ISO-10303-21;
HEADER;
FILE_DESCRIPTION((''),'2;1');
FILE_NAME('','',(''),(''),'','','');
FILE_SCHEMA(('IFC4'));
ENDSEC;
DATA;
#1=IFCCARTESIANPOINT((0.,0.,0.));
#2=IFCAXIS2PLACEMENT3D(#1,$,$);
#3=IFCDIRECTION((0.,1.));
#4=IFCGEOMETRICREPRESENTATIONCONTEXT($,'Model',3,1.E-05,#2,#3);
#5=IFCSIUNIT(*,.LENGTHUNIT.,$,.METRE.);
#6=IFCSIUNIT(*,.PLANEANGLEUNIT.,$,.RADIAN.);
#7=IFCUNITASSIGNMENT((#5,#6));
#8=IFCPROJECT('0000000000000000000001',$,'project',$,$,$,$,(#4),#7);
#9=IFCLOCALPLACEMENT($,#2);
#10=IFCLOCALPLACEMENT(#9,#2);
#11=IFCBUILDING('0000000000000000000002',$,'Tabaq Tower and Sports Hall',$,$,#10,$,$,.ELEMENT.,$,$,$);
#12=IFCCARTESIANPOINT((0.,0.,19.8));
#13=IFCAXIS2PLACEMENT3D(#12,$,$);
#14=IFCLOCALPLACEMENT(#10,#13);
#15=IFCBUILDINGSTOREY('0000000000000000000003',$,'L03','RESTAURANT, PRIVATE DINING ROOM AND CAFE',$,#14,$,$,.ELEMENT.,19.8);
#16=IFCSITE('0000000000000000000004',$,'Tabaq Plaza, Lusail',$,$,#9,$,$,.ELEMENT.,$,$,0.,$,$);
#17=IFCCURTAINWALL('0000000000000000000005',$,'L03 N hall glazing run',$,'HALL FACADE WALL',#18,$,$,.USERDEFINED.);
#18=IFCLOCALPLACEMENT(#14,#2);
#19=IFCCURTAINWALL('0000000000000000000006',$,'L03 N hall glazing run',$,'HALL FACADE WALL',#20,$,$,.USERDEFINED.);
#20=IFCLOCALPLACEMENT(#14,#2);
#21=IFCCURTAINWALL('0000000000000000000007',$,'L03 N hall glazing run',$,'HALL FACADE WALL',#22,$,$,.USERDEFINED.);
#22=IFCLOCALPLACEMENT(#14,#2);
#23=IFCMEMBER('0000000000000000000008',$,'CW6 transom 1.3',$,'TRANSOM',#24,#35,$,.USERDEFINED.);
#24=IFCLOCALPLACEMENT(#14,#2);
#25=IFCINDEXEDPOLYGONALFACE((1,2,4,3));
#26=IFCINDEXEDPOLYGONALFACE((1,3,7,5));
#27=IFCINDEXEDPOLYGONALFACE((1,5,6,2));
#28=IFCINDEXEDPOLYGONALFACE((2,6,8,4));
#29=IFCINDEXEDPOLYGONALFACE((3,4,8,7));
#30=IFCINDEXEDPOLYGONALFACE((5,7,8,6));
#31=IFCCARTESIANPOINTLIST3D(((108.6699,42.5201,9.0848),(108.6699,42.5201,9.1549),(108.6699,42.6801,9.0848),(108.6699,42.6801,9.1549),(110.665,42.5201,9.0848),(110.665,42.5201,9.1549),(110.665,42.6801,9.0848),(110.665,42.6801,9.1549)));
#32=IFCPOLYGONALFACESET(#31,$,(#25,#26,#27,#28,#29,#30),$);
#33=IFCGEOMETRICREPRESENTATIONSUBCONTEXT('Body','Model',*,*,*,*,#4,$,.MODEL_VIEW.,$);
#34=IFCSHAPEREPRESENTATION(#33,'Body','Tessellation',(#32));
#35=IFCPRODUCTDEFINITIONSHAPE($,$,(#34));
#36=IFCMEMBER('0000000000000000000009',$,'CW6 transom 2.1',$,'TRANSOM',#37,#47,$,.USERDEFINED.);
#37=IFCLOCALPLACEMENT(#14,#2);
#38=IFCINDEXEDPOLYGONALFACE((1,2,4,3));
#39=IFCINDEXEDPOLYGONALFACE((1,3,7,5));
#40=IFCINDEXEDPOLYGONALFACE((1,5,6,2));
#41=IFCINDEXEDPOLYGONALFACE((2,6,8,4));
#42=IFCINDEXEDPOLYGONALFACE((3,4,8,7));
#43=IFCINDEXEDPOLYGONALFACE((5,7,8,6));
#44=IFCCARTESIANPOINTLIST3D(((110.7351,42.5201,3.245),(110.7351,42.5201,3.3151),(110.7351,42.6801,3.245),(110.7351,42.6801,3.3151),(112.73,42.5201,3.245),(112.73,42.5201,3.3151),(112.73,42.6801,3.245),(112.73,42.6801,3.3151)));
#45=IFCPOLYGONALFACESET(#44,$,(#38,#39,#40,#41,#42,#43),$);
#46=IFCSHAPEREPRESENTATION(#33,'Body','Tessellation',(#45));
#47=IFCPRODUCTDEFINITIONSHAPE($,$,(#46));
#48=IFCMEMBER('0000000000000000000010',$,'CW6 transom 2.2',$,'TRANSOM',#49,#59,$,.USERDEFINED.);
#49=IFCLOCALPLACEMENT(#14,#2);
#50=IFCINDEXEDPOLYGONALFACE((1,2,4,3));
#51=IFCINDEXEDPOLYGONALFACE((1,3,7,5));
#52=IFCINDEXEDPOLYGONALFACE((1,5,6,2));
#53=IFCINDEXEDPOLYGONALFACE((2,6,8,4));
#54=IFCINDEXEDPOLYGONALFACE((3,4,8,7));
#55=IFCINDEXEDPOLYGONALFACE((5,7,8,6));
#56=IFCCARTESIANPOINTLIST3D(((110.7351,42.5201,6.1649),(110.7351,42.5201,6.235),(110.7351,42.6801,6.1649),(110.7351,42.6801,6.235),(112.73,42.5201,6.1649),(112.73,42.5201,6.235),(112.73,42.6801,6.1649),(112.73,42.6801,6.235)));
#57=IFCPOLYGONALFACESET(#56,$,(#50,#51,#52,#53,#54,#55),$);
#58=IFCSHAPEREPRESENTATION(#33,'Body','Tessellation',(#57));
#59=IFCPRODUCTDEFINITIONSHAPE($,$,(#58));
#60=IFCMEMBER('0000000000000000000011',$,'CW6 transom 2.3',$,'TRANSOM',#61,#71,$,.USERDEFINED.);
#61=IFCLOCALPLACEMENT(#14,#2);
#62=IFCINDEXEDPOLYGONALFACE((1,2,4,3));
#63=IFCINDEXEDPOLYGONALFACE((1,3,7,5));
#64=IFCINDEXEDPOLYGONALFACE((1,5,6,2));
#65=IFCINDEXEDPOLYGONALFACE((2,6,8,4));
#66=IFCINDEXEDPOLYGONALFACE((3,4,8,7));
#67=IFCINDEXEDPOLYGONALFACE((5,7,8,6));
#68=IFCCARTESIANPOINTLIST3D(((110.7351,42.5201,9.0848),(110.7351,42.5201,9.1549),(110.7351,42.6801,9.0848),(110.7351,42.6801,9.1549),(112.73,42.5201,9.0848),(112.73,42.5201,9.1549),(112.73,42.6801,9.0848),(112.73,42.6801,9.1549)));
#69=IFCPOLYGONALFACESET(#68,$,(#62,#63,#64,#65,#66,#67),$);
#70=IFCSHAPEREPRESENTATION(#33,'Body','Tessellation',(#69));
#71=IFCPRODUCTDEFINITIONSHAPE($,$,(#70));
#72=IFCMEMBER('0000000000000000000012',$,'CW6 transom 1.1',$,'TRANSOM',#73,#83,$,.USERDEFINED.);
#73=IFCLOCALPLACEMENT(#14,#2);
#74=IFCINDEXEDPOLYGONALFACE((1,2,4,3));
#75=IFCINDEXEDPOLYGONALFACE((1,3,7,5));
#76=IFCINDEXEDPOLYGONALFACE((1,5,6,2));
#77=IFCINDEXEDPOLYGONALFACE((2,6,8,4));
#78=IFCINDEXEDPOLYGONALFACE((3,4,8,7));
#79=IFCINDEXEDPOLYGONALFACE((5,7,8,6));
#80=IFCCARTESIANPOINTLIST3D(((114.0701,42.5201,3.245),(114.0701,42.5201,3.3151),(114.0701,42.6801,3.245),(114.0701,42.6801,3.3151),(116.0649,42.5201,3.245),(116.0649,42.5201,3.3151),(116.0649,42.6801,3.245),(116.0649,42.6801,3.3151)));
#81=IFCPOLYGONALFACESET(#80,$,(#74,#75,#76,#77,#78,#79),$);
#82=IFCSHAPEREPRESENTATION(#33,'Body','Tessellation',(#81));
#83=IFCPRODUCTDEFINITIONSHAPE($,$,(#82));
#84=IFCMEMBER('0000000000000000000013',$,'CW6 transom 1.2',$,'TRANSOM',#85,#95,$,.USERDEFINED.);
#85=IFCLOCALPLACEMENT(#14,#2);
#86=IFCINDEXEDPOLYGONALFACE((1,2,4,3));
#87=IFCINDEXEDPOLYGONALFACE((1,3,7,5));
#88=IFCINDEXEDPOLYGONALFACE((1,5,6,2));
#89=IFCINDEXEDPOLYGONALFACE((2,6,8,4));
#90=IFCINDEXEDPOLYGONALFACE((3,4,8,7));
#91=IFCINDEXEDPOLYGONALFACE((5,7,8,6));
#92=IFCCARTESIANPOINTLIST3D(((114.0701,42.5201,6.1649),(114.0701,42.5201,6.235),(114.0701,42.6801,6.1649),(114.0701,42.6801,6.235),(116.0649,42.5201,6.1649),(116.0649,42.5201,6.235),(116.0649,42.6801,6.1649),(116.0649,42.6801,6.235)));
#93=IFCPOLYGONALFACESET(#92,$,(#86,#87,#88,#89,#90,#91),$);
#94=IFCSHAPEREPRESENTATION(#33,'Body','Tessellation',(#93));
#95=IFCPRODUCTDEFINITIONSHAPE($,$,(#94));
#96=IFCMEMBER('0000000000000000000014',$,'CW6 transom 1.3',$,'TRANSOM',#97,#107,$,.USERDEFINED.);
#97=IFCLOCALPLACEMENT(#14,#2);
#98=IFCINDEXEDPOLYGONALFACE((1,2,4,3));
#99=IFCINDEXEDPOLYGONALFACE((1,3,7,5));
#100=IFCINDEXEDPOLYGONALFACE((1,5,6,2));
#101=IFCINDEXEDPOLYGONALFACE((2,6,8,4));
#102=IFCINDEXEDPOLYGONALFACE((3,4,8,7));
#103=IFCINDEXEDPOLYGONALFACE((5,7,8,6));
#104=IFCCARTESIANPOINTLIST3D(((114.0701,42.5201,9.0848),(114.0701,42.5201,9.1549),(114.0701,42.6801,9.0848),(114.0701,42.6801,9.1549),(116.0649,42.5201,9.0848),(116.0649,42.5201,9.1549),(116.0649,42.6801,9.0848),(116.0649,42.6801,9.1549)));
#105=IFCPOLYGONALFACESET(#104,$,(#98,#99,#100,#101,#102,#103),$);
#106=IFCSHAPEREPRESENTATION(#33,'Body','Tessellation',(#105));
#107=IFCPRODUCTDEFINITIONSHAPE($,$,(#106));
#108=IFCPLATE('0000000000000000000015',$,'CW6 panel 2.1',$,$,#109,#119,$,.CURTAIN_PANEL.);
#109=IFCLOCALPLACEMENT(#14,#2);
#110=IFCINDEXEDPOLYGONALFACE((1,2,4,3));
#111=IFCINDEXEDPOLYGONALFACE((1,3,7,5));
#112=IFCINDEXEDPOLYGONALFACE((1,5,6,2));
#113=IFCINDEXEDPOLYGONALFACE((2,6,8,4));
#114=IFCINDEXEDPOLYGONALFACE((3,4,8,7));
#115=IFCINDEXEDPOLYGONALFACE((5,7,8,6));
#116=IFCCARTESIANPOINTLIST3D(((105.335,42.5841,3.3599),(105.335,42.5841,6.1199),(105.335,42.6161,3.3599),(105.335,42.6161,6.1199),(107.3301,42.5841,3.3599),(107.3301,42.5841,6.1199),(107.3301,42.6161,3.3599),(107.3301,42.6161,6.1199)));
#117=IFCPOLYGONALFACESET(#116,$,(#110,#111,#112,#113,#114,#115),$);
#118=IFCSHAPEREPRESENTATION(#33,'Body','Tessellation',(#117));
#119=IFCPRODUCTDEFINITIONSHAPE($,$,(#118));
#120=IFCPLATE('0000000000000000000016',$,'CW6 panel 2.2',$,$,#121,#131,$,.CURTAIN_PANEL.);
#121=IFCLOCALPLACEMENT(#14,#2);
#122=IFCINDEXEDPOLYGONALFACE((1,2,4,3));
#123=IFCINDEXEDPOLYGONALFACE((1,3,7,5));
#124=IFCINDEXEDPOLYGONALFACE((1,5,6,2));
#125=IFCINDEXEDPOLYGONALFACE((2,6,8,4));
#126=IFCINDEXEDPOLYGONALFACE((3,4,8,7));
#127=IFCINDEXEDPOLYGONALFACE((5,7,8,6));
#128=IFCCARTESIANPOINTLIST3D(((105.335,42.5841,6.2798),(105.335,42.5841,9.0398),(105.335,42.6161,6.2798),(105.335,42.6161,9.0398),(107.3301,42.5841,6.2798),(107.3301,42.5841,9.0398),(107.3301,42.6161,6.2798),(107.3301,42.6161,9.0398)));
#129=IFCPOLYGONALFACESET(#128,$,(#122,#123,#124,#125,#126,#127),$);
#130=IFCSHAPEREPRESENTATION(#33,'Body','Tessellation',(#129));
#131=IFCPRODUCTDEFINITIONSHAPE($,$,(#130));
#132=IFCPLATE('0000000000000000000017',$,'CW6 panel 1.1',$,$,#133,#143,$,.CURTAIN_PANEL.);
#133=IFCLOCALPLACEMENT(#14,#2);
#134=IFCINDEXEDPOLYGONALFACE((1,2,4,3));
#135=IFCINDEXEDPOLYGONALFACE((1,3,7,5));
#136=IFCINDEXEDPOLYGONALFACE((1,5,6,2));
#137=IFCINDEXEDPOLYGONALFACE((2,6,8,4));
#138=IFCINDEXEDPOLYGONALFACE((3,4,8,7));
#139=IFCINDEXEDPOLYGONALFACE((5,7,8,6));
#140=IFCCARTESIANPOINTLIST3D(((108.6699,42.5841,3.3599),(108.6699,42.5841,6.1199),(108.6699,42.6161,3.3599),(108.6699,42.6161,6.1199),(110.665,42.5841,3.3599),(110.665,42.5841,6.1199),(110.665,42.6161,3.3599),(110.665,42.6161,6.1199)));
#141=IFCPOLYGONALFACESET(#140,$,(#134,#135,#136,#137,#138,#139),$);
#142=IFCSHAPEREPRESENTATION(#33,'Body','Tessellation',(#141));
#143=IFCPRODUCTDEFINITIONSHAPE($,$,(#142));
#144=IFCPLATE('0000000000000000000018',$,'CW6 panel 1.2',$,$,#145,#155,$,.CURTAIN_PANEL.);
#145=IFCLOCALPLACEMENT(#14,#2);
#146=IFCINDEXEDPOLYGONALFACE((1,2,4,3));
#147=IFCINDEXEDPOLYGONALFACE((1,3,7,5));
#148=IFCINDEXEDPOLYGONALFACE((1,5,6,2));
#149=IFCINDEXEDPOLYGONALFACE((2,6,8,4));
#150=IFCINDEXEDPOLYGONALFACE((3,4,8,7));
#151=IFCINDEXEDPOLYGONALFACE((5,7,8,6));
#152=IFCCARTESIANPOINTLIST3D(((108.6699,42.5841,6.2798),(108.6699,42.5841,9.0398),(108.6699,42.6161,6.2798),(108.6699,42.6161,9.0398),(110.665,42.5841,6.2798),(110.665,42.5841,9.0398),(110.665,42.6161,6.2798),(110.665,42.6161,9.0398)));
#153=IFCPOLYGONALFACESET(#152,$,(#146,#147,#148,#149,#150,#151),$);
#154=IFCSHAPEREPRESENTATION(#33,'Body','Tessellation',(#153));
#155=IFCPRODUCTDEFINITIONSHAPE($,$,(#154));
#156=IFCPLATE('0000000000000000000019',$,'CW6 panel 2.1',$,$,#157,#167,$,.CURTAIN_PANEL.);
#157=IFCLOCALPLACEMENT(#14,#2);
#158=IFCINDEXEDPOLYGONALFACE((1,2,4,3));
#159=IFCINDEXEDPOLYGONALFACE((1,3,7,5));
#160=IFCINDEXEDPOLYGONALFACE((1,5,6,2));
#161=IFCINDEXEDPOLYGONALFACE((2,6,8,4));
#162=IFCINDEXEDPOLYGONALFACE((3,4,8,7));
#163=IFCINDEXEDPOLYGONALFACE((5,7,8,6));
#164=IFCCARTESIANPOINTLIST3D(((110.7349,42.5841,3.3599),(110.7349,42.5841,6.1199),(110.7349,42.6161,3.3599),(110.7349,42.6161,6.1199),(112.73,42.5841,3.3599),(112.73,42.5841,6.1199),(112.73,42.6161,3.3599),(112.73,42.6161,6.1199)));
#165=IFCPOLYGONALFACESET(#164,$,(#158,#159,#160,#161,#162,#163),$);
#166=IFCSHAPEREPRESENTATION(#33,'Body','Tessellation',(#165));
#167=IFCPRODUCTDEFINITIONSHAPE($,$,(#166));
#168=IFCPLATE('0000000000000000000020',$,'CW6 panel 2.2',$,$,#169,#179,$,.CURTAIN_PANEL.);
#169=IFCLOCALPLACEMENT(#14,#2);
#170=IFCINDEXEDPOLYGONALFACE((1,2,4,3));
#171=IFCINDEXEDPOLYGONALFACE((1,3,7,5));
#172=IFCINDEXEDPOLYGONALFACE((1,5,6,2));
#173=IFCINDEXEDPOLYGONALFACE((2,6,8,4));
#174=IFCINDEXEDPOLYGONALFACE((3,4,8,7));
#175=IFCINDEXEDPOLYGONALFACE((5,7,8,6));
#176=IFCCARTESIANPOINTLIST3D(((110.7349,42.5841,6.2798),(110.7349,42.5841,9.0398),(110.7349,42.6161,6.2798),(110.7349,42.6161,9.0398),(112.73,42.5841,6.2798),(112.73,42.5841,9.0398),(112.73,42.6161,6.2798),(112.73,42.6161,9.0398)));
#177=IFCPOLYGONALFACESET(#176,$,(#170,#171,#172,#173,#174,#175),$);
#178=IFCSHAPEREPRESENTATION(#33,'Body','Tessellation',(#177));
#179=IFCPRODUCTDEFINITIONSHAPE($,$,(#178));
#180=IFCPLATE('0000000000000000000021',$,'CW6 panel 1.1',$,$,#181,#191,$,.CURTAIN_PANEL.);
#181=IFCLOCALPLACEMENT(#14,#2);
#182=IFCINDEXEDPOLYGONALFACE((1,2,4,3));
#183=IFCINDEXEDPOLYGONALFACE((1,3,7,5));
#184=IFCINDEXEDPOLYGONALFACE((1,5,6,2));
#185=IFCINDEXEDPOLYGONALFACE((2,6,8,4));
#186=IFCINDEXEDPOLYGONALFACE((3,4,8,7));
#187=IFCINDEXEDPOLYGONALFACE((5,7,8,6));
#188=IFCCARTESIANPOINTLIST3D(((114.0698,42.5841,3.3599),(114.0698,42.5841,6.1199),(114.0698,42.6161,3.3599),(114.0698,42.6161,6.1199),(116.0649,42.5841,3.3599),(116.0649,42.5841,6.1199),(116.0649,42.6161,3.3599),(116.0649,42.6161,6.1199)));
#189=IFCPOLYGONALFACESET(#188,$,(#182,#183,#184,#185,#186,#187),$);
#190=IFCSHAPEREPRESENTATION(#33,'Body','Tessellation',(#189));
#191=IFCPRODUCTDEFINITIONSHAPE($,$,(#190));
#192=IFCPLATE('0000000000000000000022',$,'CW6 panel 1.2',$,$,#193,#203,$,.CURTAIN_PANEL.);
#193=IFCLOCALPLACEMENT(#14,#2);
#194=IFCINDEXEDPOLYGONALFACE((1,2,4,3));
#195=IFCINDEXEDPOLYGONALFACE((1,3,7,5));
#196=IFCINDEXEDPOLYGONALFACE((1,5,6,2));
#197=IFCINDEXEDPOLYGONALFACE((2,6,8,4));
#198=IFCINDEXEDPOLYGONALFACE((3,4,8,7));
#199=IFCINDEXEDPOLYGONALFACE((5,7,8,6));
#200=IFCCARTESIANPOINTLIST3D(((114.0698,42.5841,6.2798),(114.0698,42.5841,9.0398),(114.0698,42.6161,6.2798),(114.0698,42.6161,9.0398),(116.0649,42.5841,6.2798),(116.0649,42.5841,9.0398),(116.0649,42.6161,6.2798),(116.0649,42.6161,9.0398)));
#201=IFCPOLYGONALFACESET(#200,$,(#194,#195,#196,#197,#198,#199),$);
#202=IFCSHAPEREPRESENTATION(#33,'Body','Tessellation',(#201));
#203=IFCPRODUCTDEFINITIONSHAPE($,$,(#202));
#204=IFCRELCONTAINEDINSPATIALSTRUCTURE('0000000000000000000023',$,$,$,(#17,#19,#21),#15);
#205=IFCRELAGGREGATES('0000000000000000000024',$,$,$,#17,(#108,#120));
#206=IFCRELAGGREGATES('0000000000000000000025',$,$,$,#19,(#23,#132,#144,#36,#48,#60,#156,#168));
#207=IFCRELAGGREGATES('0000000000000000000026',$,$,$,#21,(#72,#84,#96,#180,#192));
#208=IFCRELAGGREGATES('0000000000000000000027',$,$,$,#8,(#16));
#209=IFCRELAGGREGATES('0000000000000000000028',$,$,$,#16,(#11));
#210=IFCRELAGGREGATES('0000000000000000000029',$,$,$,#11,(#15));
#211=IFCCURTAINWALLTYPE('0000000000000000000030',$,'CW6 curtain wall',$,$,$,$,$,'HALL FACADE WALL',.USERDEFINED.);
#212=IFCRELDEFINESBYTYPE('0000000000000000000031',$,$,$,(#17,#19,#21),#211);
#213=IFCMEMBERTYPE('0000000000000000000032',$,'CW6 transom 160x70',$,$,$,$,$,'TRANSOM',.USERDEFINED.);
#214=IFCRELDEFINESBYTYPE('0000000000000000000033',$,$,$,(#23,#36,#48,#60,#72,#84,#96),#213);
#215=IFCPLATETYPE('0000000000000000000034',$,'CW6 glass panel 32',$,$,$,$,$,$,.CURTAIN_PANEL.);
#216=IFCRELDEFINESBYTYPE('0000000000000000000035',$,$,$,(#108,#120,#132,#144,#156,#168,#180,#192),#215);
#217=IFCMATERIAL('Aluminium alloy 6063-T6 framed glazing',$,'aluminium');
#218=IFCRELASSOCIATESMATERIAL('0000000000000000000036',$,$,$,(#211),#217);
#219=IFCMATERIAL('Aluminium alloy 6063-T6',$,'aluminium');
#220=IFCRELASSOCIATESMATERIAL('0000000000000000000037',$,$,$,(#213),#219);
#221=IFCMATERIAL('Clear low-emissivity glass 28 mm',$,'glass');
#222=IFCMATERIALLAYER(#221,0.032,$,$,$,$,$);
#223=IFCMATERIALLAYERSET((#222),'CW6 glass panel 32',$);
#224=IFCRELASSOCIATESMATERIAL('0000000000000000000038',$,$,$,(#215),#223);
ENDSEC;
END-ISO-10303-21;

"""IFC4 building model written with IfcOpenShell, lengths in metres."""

from ifc_helpers import new_model, si_unit, direction, frame, origin, origin_2d, place, context, subcontext, project, spatial, rectangle, extrude, material, layer, layer_set, material_profile, profile_set, type_object, element, aggregate, save


model = new_model("IFC4")

# Units and contexts
model_context = context("Model", 3, precision=1e-05, world=origin(), true_north=direction((0.0, 1.0)))
body_context = subcontext(model_context, "Body", "Model", "MODEL_VIEW")
ifc_project = project(units=[si_unit("LENGTHUNIT", "METRE"), si_unit("PLANEANGLEUNIT", "RADIAN")], contexts=[model_context])

# Site, building, storey
site_placement = place(None, origin())
site = spatial("IfcSite", under=ifc_project, at=site_placement, Name="Tabaq Plaza, Lusail", CompositionType="ELEMENT", RefElevation=0.0)
building_placement = place(site_placement, origin())
building = spatial("IfcBuilding", under=site, at=building_placement, Name="Tabaq Tower and Sports Hall", CompositionType="ELEMENT")
storey_placement = place(building_placement, frame((0.0, 0.0, 19.8)))
storey = spatial("IfcBuildingStorey", under=building, at=storey_placement, Name="L03", Description="RESTAURANT, PRIVATE DINING ROOM AND CAFE", CompositionType="ELEMENT", Elevation=19.8)

# Curtain walls
ifc_material_1 = material(Name="Aluminium alloy 6063-T6 framed glazing", Category="aluminium")
curtain_wall_type = type_object("IfcCurtainWallType", Name="CW6 curtain wall", ElementType="HALL FACADE WALL", PredefinedType="USERDEFINED", material=ifc_material_1)
curtain_wall_1_placement = place(storey_placement, origin())
curtain_wall_1 = element("IfcCurtainWall", 1, at=curtain_wall_1_placement, inside=storey, type_object=curtain_wall_type, Name="L03 N hall glazing run", ObjectType="HALL FACADE WALL", PredefinedType="USERDEFINED")
curtain_wall_2_placement = place(storey_placement, origin())
curtain_wall_2 = element("IfcCurtainWall", 2, at=curtain_wall_2_placement, inside=storey, type_object=curtain_wall_type, Name="L03 N hall glazing run", ObjectType="HALL FACADE WALL", PredefinedType="USERDEFINED")
curtain_wall_3_placement = place(storey_placement, origin())
curtain_wall_3 = element("IfcCurtainWall", 3, at=curtain_wall_3_placement, inside=storey, type_object=curtain_wall_type, Name="L03 N hall glazing run", ObjectType="HALL FACADE WALL", PredefinedType="USERDEFINED")

# Members
ifc_material_2 = material(Name="Aluminium alloy 6063-T6", Category="aluminium")
ifc_material_profile_1 = material_profile(ifc_material_2, rectangle(XDim=0.1599, YDim=0.0701, at=origin_2d()), Name="TRANSOM 160x70")
ifc_profile_set_1 = profile_set([ifc_material_profile_1], Name="Aluminium alloy 6063-T6")
member_type_1 = type_object("IfcMemberType", Name="CW6 transom 160x70", ElementType="TRANSOM", PredefinedType="USERDEFINED", material=ifc_profile_set_1)
member_1_placement = place(storey_placement, frame((108.6699, 42.6001, 9.1199), z_axis=(1.0, 0.0, 0.0), x_axis=(0.0, 1.0, 0.0)))
member_1 = element("IfcMember", 4, at=member_1_placement, type_object=member_type_1, Name="CW6 transom 1.3", ObjectType="TRANSOM", PredefinedType="USERDEFINED", context=body_context, shape_type="SweptSolid", body=[
    extrude(rectangle(XDim=0.1599, YDim=0.0701, at=origin_2d()), origin(), (0.0, 0.0, 1.0), 1.9951),
])
member_2_placement = place(storey_placement, frame((110.7351, 42.6001, 3.28), z_axis=(1.0, 0.0, 0.0), x_axis=(0.0, 1.0, 0.0)))
member_2 = element("IfcMember", 5, at=member_2_placement, type_object=member_type_1, Name="CW6 transom 2.1", ObjectType="TRANSOM", PredefinedType="USERDEFINED", context=body_context, shape_type="SweptSolid", body=[
    extrude(rectangle(XDim=0.1599, YDim=0.0701, at=origin_2d()), origin(), (0.0, 0.0, 1.0), 1.9949),
])
member_3_placement = place(storey_placement, frame((110.7351, 42.6001, 6.2), z_axis=(1.0, 0.0, 0.0), x_axis=(0.0, 1.0, 0.0)))
member_3 = element("IfcMember", 6, at=member_3_placement, type_object=member_type_1, Name="CW6 transom 2.2", ObjectType="TRANSOM", PredefinedType="USERDEFINED", context=body_context, shape_type="SweptSolid", body=[
    extrude(rectangle(XDim=0.1599, YDim=0.0701, at=origin_2d()), origin(), (0.0, 0.0, 1.0), 1.9949),
])
member_4_placement = place(storey_placement, frame((110.7351, 42.6001, 9.1199), z_axis=(1.0, 0.0, 0.0), x_axis=(0.0, 1.0, 0.0)))
member_4 = element("IfcMember", 7, at=member_4_placement, type_object=member_type_1, Name="CW6 transom 2.3", ObjectType="TRANSOM", PredefinedType="USERDEFINED", context=body_context, shape_type="SweptSolid", body=[
    extrude(rectangle(XDim=0.1599, YDim=0.0701, at=origin_2d()), origin(), (0.0, 0.0, 1.0), 1.9949),
])
member_5_placement = place(storey_placement, frame((114.0701, 42.6001, 3.28), z_axis=(1.0, 0.0, 0.0), x_axis=(0.0, 1.0, 0.0)))
member_5 = element("IfcMember", 8, at=member_5_placement, type_object=member_type_1, Name="CW6 transom 1.1", ObjectType="TRANSOM", PredefinedType="USERDEFINED", context=body_context, shape_type="SweptSolid", body=[
    extrude(rectangle(XDim=0.1599, YDim=0.0701, at=origin_2d()), origin(), (0.0, 0.0, 1.0), 1.9949),
])
member_6_placement = place(storey_placement, frame((114.0701, 42.6001, 6.2), z_axis=(1.0, 0.0, 0.0), x_axis=(0.0, 1.0, 0.0)))
member_6 = element("IfcMember", 9, at=member_6_placement, type_object=member_type_1, Name="CW6 transom 1.2", ObjectType="TRANSOM", PredefinedType="USERDEFINED", context=body_context, shape_type="SweptSolid", body=[
    extrude(rectangle(XDim=0.1599, YDim=0.0701, at=origin_2d()), origin(), (0.0, 0.0, 1.0), 1.9949),
])
member_7_placement = place(storey_placement, frame((114.0701, 42.6001, 9.1199), z_axis=(1.0, 0.0, 0.0), x_axis=(0.0, 1.0, 0.0)))
member_7 = element("IfcMember", 10, at=member_7_placement, type_object=member_type_1, Name="CW6 transom 1.3", ObjectType="TRANSOM", PredefinedType="USERDEFINED", context=body_context, shape_type="SweptSolid", body=[
    extrude(rectangle(XDim=0.1599, YDim=0.0701, at=origin_2d()), origin(), (0.0, 0.0, 1.0), 1.9949),
])

# Plates
ifc_material_3 = material(Name="Clear low-emissivity glass 28 mm", Category="glass")
ifc_layer_1 = layer(ifc_material_3, 0.032)
ifc_layer_set_1 = layer_set([ifc_layer_1], Name="CW6 glass panel 32")
plate_type = type_object("IfcPlateType", Name="CW6 glass panel 32", PredefinedType="CURTAIN_PANEL", material=ifc_layer_set_1)
plate_1_placement = place(storey_placement, frame((106.3325, 42.6001, 3.3599), z_axis=(0.0, 0.0, 1.0), x_axis=(1.0, 0.0, 0.0)))
plate_1 = element("IfcPlate", 11, at=plate_1_placement, type_object=plate_type, Name="CW6 panel 2.1", PredefinedType="CURTAIN_PANEL", context=body_context, shape_type="SweptSolid", body=[
    extrude(rectangle(XDim=1.9951, YDim=0.032, at=origin_2d()), origin(), (0.0, 0.0, 1.0), 2.76),
])
plate_2_placement = place(storey_placement, frame((106.3325, 42.6001, 6.2798), z_axis=(0.0, 0.0, 1.0), x_axis=(1.0, 0.0, 0.0)))
plate_2 = element("IfcPlate", 12, at=plate_2_placement, type_object=plate_type, Name="CW6 panel 2.2", PredefinedType="CURTAIN_PANEL", context=body_context, shape_type="SweptSolid", body=[
    extrude(rectangle(XDim=1.9951, YDim=0.032, at=origin_2d()), origin(), (0.0, 0.0, 1.0), 2.76),
])
aggregate(curtain_wall_1, [plate_1, plate_2])
plate_3_placement = place(storey_placement, frame((109.6675, 42.6001, 3.3599), z_axis=(0.0, 0.0, 1.0), x_axis=(1.0, 0.0, 0.0)))
plate_3 = element("IfcPlate", 13, at=plate_3_placement, type_object=plate_type, Name="CW6 panel 1.1", PredefinedType="CURTAIN_PANEL", context=body_context, shape_type="SweptSolid", body=[
    extrude(rectangle(XDim=1.9951, YDim=0.032, at=origin_2d()), origin(), (0.0, 0.0, 1.0), 2.76),
])
plate_4_placement = place(storey_placement, frame((109.6675, 42.6001, 6.2798), z_axis=(0.0, 0.0, 1.0), x_axis=(1.0, 0.0, 0.0)))
plate_4 = element("IfcPlate", 14, at=plate_4_placement, type_object=plate_type, Name="CW6 panel 1.2", PredefinedType="CURTAIN_PANEL", context=body_context, shape_type="SweptSolid", body=[
    extrude(rectangle(XDim=1.9951, YDim=0.032, at=origin_2d()), origin(), (0.0, 0.0, 1.0), 2.76),
])
plate_5_placement = place(storey_placement, frame((111.7324, 42.6001, 3.3599), z_axis=(0.0, 0.0, 1.0), x_axis=(1.0, 0.0, 0.0)))
plate_5 = element("IfcPlate", 15, at=plate_5_placement, type_object=plate_type, Name="CW6 panel 2.1", PredefinedType="CURTAIN_PANEL", context=body_context, shape_type="SweptSolid", body=[
    extrude(rectangle(XDim=1.9951, YDim=0.032, at=origin_2d()), origin(), (0.0, 0.0, 1.0), 2.76),
])
plate_6_placement = place(storey_placement, frame((111.7324, 42.6001, 6.2798), z_axis=(0.0, 0.0, 1.0), x_axis=(1.0, 0.0, 0.0)))
plate_6 = element("IfcPlate", 16, at=plate_6_placement, type_object=plate_type, Name="CW6 panel 2.2", PredefinedType="CURTAIN_PANEL", context=body_context, shape_type="SweptSolid", body=[
    extrude(rectangle(XDim=1.9951, YDim=0.032, at=origin_2d()), origin(), (0.0, 0.0, 1.0), 2.76),
])
aggregate(curtain_wall_2, [member_1, plate_3, plate_4, member_2, member_3, member_4, plate_5, plate_6])
plate_7_placement = place(storey_placement, frame((115.0674, 42.6001, 3.3599), z_axis=(0.0, 0.0, 1.0), x_axis=(1.0, 0.0, 0.0)))
plate_7 = element("IfcPlate", 17, at=plate_7_placement, type_object=plate_type, Name="CW6 panel 1.1", PredefinedType="CURTAIN_PANEL", context=body_context, shape_type="SweptSolid", body=[
    extrude(rectangle(XDim=1.9951, YDim=0.032, at=origin_2d()), origin(), (0.0, 0.0, 1.0), 2.76),
])
plate_8_placement = place(storey_placement, frame((115.0674, 42.6001, 6.2798), z_axis=(0.0, 0.0, 1.0), x_axis=(1.0, 0.0, 0.0)))
plate_8 = element("IfcPlate", 18, at=plate_8_placement, type_object=plate_type, Name="CW6 panel 1.2", PredefinedType="CURTAIN_PANEL", context=body_context, shape_type="SweptSolid", body=[
    extrude(rectangle(XDim=1.9951, YDim=0.032, at=origin_2d()), origin(), (0.0, 0.0, 1.0), 2.76),
])
aggregate(curtain_wall_3, [member_5, member_6, member_7, plate_7, plate_8])

save(model, "model.ifc")
